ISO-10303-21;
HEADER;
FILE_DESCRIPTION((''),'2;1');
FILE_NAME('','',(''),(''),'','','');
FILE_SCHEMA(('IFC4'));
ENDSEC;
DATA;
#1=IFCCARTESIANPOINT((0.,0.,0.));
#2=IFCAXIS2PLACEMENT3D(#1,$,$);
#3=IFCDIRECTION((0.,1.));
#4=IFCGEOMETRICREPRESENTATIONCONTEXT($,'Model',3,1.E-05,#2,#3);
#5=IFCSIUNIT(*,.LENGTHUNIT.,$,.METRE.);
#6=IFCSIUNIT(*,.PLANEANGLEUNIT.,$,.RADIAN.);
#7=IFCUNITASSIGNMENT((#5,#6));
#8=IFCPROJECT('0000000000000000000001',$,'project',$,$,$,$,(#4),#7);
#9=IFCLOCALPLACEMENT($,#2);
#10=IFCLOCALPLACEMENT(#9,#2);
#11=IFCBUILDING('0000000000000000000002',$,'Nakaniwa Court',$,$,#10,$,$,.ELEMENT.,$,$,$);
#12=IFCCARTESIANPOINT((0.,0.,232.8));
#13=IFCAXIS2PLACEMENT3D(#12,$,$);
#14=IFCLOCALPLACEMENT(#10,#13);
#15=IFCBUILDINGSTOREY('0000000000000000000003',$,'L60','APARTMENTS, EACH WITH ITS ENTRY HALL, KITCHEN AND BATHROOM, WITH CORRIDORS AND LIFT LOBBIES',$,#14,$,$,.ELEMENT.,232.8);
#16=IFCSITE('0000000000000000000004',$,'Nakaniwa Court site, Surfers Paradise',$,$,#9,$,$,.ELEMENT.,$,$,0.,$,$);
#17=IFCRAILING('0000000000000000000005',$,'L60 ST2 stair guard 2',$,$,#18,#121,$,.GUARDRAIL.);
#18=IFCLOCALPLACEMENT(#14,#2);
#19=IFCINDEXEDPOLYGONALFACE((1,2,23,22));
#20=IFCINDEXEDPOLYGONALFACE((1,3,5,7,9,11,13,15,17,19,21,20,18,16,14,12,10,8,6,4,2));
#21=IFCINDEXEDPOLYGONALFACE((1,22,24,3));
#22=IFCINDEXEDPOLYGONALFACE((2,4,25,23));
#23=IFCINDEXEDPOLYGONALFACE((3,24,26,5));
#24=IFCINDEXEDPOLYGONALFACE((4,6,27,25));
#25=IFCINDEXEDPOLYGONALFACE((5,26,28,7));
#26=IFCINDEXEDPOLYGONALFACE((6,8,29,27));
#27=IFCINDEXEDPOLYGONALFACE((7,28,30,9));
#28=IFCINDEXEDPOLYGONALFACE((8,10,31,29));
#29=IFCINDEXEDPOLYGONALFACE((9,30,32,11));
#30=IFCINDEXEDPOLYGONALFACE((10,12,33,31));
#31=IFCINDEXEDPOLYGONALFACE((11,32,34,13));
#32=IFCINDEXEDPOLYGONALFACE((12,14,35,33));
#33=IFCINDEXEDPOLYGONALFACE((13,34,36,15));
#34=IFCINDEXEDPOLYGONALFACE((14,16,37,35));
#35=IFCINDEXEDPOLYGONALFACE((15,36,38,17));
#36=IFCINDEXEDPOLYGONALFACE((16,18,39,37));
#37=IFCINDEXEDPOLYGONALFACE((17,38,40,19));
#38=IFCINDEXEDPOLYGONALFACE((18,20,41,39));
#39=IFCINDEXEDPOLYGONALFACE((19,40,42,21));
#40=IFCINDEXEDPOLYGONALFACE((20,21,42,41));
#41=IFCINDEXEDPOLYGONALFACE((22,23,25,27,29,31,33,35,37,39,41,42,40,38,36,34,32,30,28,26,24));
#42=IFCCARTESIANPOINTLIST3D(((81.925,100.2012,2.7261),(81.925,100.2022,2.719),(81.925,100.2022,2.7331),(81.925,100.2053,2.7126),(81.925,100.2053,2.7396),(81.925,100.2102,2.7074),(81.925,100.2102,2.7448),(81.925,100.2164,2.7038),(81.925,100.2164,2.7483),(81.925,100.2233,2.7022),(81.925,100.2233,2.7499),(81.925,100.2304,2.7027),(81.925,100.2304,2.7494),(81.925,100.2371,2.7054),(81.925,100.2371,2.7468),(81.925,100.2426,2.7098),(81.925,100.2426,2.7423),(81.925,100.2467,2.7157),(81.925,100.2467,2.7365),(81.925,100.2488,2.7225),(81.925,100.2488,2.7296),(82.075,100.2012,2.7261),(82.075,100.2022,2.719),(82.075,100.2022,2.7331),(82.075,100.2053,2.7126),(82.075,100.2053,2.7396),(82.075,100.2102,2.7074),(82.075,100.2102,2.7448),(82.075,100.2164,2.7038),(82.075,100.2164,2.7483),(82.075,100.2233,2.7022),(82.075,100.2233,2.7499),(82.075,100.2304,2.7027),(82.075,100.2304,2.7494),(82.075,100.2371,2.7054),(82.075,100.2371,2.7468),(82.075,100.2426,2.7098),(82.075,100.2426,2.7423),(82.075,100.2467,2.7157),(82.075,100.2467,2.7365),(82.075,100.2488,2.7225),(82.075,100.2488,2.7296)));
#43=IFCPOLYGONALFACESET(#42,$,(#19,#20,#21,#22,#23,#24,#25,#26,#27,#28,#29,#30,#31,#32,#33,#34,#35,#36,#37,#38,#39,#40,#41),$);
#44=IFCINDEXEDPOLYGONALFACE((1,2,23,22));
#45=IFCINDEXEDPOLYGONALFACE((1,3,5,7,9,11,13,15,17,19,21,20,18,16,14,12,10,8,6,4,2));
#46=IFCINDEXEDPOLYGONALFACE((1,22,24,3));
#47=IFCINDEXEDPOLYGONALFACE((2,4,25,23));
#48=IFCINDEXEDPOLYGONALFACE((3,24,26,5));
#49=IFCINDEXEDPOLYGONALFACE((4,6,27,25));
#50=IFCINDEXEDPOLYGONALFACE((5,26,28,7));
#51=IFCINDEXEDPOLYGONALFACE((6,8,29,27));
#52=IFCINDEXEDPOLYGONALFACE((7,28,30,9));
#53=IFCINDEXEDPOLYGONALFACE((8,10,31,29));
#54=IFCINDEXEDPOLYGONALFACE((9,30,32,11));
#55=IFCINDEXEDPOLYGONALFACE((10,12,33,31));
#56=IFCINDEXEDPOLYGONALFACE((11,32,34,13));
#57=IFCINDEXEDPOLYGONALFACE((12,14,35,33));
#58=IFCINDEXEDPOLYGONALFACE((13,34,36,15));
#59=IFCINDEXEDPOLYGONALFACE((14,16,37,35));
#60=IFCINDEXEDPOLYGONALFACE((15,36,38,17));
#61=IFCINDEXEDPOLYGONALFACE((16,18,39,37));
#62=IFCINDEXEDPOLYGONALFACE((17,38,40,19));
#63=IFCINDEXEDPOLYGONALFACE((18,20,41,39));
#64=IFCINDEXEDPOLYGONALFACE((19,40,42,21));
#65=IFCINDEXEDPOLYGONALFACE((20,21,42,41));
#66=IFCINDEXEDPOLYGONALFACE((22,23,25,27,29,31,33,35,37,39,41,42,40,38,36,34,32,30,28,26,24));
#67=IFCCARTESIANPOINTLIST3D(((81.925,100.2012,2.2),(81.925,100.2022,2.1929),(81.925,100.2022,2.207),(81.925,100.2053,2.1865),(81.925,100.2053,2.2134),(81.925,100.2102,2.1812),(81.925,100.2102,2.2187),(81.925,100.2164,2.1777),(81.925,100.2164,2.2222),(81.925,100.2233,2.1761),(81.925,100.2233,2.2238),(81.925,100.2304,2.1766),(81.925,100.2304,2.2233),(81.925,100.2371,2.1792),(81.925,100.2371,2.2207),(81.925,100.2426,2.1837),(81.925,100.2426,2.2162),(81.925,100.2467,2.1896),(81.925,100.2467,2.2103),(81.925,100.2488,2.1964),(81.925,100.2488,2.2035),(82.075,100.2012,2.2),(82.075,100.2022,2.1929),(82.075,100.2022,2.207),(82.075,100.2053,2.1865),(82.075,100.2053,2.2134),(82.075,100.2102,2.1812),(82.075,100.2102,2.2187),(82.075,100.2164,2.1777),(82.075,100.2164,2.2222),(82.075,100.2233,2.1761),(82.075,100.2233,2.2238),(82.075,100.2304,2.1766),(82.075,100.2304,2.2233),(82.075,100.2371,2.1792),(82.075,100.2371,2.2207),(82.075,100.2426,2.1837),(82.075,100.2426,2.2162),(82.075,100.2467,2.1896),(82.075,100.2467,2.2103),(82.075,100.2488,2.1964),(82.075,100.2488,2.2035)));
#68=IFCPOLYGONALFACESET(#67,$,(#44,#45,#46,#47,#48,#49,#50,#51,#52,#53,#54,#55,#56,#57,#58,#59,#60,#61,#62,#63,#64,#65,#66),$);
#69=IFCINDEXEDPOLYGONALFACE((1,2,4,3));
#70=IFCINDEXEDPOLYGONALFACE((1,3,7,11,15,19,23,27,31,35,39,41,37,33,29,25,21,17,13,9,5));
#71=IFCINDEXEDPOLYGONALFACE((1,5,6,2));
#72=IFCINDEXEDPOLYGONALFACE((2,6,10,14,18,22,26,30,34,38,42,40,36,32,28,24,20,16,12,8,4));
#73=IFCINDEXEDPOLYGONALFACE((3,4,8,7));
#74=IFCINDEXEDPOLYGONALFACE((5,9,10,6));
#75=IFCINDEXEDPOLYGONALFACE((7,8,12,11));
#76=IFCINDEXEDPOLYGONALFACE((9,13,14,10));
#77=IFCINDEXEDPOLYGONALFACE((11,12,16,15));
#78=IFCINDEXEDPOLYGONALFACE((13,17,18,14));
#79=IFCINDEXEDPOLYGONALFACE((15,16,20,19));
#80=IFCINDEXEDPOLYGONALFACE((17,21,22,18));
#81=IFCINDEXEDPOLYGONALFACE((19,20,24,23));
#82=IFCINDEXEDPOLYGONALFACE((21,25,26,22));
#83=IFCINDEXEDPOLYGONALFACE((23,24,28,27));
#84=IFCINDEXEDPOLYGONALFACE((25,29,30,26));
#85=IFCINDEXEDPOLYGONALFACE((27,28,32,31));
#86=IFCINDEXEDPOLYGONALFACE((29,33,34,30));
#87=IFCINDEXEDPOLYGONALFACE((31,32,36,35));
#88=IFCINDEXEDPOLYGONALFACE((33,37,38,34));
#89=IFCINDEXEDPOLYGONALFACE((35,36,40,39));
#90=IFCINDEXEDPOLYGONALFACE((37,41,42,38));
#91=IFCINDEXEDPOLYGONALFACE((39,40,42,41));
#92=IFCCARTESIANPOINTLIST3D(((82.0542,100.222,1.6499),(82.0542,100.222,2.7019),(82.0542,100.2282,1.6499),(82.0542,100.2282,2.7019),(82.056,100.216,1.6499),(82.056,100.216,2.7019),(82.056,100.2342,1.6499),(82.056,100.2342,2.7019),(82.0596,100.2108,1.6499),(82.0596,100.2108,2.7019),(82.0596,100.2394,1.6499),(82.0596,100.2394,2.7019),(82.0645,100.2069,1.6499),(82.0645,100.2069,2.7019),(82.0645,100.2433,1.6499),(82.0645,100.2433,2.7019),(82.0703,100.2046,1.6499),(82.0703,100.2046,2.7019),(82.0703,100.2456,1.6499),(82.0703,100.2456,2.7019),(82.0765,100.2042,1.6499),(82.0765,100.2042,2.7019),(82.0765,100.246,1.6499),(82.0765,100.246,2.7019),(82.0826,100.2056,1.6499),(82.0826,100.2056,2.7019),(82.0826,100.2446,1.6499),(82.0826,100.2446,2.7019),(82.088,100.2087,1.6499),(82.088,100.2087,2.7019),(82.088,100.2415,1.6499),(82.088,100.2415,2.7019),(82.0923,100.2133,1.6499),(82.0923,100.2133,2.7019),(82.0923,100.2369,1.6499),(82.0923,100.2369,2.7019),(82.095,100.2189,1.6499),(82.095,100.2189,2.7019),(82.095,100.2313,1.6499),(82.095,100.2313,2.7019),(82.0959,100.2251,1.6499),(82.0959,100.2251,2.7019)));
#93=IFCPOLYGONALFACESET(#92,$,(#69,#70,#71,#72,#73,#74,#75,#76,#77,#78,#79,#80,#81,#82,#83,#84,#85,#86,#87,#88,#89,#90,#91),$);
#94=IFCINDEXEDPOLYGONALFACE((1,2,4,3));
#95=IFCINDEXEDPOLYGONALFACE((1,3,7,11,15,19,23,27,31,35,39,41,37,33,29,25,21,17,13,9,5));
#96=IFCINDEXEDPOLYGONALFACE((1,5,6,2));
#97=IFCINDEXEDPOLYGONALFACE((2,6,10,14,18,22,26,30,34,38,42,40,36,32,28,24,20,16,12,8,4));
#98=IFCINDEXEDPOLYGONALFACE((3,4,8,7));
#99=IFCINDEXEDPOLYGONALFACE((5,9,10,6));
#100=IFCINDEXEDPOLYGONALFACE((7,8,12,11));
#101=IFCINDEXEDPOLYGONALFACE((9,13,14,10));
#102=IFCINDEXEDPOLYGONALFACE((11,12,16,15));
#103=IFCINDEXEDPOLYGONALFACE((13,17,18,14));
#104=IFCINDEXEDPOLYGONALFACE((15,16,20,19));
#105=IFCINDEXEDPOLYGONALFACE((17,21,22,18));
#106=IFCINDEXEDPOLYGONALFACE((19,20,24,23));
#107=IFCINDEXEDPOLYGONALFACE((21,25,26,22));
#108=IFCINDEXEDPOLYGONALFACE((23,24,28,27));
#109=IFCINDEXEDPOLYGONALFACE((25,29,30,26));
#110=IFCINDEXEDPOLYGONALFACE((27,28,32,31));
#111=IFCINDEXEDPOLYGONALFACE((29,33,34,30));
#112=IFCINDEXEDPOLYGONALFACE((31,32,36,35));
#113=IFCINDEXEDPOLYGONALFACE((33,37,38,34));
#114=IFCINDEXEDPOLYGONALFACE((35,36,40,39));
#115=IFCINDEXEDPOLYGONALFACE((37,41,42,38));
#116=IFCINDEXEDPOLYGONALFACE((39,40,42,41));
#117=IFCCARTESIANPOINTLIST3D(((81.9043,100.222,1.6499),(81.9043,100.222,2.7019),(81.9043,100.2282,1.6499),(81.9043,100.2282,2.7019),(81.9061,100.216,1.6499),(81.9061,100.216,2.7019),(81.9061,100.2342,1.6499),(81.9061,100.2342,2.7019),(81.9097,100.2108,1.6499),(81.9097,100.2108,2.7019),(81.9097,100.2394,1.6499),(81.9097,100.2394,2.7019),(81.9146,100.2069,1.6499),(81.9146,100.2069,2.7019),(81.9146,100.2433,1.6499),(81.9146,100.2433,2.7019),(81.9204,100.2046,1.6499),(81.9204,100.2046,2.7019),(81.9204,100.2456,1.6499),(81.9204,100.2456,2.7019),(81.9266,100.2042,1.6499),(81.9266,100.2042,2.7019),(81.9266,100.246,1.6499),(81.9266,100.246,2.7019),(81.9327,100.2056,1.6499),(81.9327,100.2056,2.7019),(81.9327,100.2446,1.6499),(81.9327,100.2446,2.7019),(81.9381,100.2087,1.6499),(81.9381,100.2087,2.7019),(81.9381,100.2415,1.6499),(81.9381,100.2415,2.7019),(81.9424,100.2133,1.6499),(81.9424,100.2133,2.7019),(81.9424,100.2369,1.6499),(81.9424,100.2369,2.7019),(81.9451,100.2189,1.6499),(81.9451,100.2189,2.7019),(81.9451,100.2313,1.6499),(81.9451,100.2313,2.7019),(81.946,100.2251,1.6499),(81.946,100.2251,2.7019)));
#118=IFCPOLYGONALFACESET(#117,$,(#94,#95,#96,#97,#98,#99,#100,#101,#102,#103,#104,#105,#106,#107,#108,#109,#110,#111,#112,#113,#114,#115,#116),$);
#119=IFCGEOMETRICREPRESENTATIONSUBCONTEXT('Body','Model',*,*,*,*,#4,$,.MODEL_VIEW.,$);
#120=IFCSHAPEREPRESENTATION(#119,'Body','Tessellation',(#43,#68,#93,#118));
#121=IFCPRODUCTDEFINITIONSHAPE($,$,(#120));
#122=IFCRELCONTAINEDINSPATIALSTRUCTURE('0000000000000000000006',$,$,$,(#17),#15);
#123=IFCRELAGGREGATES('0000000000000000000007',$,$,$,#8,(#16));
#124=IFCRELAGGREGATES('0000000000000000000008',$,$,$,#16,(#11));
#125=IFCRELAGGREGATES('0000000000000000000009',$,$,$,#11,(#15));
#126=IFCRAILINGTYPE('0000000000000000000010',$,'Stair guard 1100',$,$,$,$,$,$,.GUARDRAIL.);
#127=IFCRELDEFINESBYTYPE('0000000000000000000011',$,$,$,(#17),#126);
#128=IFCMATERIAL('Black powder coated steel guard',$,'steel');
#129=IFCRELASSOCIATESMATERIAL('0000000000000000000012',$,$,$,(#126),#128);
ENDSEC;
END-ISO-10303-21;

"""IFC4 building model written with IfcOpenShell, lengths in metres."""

from ifc_helpers import new_model, si_unit, direction, frame, origin, origin_2d, place, context, subcontext, project, spatial, circle, extrude, material, type_object, element, save


model = new_model("IFC4")

# Units and contexts
model_context = context("Model", 3, precision=1e-05, world=origin(), true_north=direction((0.0, 1.0)))
body_context = subcontext(model_context, "Body", "Model", "MODEL_VIEW")
ifc_project = project(units=[si_unit("LENGTHUNIT", "METRE"), si_unit("PLANEANGLEUNIT", "RADIAN")], contexts=[model_context])

# Site, building, storey
site_placement = place(None, origin())
site = spatial("IfcSite", under=ifc_project, at=site_placement, Name="Nakaniwa Court site, Surfers Paradise", CompositionType="ELEMENT", RefElevation=0.0)
building_placement = place(site_placement, origin())
building = spatial("IfcBuilding", under=site, at=building_placement, Name="Nakaniwa Court", CompositionType="ELEMENT")
storey_placement = place(building_placement, frame((0.0, 0.0, 232.8)))
storey = spatial("IfcBuildingStorey", under=building, at=storey_placement, Name="L60", Description="APARTMENTS, EACH WITH ITS ENTRY HALL, KITCHEN AND BATHROOM, WITH CORRIDORS AND LIFT LOBBIES", CompositionType="ELEMENT", Elevation=232.8)

# Railing
ifc_material_1 = material(Name="Black powder coated steel guard", Category="steel")
railing_type_1 = type_object("IfcRailingType", Name="Stair guard 1100", PredefinedType="GUARDRAIL", material=ifc_material_1)
railing_1_placement = place(storey_placement, frame((82.075, 100.2251, 1.6499)))
element("IfcRailing", 1, at=railing_1_placement, inside=storey, type_object=railing_type_1, Name="L60 ST2 stair guard 2", PredefinedType="GUARDRAIL", context=body_context, shape_type="SweptSolid", body=[
    extrude(circle(Radius=0.0239, at=origin_2d()), frame((0.0, 0.0, 1.0762), z_axis=(-1.0, 0.0, 0.0), x_axis=(0.0, -1.0, 0.0)), (0.0, 0.0, 1.0), 0.1499),
    extrude(circle(Radius=0.0239, at=origin_2d()), frame((0.0, 0.0, 0.55), z_axis=(-1.0, 0.0, 0.0), x_axis=(0.0, -1.0, 0.0)), (0.0, 0.0, 1.0), 0.1499),
    extrude(circle(Radius=0.021, at=origin_2d()), origin(), (0.0, 0.0, 1.0), 1.052),
    extrude(circle(Radius=0.021, at=origin_2d()), frame((-0.1499, 0.0, 0.0)), (0.0, 0.0, 1.0), 1.052),
])

save(model, "model.ifc")
